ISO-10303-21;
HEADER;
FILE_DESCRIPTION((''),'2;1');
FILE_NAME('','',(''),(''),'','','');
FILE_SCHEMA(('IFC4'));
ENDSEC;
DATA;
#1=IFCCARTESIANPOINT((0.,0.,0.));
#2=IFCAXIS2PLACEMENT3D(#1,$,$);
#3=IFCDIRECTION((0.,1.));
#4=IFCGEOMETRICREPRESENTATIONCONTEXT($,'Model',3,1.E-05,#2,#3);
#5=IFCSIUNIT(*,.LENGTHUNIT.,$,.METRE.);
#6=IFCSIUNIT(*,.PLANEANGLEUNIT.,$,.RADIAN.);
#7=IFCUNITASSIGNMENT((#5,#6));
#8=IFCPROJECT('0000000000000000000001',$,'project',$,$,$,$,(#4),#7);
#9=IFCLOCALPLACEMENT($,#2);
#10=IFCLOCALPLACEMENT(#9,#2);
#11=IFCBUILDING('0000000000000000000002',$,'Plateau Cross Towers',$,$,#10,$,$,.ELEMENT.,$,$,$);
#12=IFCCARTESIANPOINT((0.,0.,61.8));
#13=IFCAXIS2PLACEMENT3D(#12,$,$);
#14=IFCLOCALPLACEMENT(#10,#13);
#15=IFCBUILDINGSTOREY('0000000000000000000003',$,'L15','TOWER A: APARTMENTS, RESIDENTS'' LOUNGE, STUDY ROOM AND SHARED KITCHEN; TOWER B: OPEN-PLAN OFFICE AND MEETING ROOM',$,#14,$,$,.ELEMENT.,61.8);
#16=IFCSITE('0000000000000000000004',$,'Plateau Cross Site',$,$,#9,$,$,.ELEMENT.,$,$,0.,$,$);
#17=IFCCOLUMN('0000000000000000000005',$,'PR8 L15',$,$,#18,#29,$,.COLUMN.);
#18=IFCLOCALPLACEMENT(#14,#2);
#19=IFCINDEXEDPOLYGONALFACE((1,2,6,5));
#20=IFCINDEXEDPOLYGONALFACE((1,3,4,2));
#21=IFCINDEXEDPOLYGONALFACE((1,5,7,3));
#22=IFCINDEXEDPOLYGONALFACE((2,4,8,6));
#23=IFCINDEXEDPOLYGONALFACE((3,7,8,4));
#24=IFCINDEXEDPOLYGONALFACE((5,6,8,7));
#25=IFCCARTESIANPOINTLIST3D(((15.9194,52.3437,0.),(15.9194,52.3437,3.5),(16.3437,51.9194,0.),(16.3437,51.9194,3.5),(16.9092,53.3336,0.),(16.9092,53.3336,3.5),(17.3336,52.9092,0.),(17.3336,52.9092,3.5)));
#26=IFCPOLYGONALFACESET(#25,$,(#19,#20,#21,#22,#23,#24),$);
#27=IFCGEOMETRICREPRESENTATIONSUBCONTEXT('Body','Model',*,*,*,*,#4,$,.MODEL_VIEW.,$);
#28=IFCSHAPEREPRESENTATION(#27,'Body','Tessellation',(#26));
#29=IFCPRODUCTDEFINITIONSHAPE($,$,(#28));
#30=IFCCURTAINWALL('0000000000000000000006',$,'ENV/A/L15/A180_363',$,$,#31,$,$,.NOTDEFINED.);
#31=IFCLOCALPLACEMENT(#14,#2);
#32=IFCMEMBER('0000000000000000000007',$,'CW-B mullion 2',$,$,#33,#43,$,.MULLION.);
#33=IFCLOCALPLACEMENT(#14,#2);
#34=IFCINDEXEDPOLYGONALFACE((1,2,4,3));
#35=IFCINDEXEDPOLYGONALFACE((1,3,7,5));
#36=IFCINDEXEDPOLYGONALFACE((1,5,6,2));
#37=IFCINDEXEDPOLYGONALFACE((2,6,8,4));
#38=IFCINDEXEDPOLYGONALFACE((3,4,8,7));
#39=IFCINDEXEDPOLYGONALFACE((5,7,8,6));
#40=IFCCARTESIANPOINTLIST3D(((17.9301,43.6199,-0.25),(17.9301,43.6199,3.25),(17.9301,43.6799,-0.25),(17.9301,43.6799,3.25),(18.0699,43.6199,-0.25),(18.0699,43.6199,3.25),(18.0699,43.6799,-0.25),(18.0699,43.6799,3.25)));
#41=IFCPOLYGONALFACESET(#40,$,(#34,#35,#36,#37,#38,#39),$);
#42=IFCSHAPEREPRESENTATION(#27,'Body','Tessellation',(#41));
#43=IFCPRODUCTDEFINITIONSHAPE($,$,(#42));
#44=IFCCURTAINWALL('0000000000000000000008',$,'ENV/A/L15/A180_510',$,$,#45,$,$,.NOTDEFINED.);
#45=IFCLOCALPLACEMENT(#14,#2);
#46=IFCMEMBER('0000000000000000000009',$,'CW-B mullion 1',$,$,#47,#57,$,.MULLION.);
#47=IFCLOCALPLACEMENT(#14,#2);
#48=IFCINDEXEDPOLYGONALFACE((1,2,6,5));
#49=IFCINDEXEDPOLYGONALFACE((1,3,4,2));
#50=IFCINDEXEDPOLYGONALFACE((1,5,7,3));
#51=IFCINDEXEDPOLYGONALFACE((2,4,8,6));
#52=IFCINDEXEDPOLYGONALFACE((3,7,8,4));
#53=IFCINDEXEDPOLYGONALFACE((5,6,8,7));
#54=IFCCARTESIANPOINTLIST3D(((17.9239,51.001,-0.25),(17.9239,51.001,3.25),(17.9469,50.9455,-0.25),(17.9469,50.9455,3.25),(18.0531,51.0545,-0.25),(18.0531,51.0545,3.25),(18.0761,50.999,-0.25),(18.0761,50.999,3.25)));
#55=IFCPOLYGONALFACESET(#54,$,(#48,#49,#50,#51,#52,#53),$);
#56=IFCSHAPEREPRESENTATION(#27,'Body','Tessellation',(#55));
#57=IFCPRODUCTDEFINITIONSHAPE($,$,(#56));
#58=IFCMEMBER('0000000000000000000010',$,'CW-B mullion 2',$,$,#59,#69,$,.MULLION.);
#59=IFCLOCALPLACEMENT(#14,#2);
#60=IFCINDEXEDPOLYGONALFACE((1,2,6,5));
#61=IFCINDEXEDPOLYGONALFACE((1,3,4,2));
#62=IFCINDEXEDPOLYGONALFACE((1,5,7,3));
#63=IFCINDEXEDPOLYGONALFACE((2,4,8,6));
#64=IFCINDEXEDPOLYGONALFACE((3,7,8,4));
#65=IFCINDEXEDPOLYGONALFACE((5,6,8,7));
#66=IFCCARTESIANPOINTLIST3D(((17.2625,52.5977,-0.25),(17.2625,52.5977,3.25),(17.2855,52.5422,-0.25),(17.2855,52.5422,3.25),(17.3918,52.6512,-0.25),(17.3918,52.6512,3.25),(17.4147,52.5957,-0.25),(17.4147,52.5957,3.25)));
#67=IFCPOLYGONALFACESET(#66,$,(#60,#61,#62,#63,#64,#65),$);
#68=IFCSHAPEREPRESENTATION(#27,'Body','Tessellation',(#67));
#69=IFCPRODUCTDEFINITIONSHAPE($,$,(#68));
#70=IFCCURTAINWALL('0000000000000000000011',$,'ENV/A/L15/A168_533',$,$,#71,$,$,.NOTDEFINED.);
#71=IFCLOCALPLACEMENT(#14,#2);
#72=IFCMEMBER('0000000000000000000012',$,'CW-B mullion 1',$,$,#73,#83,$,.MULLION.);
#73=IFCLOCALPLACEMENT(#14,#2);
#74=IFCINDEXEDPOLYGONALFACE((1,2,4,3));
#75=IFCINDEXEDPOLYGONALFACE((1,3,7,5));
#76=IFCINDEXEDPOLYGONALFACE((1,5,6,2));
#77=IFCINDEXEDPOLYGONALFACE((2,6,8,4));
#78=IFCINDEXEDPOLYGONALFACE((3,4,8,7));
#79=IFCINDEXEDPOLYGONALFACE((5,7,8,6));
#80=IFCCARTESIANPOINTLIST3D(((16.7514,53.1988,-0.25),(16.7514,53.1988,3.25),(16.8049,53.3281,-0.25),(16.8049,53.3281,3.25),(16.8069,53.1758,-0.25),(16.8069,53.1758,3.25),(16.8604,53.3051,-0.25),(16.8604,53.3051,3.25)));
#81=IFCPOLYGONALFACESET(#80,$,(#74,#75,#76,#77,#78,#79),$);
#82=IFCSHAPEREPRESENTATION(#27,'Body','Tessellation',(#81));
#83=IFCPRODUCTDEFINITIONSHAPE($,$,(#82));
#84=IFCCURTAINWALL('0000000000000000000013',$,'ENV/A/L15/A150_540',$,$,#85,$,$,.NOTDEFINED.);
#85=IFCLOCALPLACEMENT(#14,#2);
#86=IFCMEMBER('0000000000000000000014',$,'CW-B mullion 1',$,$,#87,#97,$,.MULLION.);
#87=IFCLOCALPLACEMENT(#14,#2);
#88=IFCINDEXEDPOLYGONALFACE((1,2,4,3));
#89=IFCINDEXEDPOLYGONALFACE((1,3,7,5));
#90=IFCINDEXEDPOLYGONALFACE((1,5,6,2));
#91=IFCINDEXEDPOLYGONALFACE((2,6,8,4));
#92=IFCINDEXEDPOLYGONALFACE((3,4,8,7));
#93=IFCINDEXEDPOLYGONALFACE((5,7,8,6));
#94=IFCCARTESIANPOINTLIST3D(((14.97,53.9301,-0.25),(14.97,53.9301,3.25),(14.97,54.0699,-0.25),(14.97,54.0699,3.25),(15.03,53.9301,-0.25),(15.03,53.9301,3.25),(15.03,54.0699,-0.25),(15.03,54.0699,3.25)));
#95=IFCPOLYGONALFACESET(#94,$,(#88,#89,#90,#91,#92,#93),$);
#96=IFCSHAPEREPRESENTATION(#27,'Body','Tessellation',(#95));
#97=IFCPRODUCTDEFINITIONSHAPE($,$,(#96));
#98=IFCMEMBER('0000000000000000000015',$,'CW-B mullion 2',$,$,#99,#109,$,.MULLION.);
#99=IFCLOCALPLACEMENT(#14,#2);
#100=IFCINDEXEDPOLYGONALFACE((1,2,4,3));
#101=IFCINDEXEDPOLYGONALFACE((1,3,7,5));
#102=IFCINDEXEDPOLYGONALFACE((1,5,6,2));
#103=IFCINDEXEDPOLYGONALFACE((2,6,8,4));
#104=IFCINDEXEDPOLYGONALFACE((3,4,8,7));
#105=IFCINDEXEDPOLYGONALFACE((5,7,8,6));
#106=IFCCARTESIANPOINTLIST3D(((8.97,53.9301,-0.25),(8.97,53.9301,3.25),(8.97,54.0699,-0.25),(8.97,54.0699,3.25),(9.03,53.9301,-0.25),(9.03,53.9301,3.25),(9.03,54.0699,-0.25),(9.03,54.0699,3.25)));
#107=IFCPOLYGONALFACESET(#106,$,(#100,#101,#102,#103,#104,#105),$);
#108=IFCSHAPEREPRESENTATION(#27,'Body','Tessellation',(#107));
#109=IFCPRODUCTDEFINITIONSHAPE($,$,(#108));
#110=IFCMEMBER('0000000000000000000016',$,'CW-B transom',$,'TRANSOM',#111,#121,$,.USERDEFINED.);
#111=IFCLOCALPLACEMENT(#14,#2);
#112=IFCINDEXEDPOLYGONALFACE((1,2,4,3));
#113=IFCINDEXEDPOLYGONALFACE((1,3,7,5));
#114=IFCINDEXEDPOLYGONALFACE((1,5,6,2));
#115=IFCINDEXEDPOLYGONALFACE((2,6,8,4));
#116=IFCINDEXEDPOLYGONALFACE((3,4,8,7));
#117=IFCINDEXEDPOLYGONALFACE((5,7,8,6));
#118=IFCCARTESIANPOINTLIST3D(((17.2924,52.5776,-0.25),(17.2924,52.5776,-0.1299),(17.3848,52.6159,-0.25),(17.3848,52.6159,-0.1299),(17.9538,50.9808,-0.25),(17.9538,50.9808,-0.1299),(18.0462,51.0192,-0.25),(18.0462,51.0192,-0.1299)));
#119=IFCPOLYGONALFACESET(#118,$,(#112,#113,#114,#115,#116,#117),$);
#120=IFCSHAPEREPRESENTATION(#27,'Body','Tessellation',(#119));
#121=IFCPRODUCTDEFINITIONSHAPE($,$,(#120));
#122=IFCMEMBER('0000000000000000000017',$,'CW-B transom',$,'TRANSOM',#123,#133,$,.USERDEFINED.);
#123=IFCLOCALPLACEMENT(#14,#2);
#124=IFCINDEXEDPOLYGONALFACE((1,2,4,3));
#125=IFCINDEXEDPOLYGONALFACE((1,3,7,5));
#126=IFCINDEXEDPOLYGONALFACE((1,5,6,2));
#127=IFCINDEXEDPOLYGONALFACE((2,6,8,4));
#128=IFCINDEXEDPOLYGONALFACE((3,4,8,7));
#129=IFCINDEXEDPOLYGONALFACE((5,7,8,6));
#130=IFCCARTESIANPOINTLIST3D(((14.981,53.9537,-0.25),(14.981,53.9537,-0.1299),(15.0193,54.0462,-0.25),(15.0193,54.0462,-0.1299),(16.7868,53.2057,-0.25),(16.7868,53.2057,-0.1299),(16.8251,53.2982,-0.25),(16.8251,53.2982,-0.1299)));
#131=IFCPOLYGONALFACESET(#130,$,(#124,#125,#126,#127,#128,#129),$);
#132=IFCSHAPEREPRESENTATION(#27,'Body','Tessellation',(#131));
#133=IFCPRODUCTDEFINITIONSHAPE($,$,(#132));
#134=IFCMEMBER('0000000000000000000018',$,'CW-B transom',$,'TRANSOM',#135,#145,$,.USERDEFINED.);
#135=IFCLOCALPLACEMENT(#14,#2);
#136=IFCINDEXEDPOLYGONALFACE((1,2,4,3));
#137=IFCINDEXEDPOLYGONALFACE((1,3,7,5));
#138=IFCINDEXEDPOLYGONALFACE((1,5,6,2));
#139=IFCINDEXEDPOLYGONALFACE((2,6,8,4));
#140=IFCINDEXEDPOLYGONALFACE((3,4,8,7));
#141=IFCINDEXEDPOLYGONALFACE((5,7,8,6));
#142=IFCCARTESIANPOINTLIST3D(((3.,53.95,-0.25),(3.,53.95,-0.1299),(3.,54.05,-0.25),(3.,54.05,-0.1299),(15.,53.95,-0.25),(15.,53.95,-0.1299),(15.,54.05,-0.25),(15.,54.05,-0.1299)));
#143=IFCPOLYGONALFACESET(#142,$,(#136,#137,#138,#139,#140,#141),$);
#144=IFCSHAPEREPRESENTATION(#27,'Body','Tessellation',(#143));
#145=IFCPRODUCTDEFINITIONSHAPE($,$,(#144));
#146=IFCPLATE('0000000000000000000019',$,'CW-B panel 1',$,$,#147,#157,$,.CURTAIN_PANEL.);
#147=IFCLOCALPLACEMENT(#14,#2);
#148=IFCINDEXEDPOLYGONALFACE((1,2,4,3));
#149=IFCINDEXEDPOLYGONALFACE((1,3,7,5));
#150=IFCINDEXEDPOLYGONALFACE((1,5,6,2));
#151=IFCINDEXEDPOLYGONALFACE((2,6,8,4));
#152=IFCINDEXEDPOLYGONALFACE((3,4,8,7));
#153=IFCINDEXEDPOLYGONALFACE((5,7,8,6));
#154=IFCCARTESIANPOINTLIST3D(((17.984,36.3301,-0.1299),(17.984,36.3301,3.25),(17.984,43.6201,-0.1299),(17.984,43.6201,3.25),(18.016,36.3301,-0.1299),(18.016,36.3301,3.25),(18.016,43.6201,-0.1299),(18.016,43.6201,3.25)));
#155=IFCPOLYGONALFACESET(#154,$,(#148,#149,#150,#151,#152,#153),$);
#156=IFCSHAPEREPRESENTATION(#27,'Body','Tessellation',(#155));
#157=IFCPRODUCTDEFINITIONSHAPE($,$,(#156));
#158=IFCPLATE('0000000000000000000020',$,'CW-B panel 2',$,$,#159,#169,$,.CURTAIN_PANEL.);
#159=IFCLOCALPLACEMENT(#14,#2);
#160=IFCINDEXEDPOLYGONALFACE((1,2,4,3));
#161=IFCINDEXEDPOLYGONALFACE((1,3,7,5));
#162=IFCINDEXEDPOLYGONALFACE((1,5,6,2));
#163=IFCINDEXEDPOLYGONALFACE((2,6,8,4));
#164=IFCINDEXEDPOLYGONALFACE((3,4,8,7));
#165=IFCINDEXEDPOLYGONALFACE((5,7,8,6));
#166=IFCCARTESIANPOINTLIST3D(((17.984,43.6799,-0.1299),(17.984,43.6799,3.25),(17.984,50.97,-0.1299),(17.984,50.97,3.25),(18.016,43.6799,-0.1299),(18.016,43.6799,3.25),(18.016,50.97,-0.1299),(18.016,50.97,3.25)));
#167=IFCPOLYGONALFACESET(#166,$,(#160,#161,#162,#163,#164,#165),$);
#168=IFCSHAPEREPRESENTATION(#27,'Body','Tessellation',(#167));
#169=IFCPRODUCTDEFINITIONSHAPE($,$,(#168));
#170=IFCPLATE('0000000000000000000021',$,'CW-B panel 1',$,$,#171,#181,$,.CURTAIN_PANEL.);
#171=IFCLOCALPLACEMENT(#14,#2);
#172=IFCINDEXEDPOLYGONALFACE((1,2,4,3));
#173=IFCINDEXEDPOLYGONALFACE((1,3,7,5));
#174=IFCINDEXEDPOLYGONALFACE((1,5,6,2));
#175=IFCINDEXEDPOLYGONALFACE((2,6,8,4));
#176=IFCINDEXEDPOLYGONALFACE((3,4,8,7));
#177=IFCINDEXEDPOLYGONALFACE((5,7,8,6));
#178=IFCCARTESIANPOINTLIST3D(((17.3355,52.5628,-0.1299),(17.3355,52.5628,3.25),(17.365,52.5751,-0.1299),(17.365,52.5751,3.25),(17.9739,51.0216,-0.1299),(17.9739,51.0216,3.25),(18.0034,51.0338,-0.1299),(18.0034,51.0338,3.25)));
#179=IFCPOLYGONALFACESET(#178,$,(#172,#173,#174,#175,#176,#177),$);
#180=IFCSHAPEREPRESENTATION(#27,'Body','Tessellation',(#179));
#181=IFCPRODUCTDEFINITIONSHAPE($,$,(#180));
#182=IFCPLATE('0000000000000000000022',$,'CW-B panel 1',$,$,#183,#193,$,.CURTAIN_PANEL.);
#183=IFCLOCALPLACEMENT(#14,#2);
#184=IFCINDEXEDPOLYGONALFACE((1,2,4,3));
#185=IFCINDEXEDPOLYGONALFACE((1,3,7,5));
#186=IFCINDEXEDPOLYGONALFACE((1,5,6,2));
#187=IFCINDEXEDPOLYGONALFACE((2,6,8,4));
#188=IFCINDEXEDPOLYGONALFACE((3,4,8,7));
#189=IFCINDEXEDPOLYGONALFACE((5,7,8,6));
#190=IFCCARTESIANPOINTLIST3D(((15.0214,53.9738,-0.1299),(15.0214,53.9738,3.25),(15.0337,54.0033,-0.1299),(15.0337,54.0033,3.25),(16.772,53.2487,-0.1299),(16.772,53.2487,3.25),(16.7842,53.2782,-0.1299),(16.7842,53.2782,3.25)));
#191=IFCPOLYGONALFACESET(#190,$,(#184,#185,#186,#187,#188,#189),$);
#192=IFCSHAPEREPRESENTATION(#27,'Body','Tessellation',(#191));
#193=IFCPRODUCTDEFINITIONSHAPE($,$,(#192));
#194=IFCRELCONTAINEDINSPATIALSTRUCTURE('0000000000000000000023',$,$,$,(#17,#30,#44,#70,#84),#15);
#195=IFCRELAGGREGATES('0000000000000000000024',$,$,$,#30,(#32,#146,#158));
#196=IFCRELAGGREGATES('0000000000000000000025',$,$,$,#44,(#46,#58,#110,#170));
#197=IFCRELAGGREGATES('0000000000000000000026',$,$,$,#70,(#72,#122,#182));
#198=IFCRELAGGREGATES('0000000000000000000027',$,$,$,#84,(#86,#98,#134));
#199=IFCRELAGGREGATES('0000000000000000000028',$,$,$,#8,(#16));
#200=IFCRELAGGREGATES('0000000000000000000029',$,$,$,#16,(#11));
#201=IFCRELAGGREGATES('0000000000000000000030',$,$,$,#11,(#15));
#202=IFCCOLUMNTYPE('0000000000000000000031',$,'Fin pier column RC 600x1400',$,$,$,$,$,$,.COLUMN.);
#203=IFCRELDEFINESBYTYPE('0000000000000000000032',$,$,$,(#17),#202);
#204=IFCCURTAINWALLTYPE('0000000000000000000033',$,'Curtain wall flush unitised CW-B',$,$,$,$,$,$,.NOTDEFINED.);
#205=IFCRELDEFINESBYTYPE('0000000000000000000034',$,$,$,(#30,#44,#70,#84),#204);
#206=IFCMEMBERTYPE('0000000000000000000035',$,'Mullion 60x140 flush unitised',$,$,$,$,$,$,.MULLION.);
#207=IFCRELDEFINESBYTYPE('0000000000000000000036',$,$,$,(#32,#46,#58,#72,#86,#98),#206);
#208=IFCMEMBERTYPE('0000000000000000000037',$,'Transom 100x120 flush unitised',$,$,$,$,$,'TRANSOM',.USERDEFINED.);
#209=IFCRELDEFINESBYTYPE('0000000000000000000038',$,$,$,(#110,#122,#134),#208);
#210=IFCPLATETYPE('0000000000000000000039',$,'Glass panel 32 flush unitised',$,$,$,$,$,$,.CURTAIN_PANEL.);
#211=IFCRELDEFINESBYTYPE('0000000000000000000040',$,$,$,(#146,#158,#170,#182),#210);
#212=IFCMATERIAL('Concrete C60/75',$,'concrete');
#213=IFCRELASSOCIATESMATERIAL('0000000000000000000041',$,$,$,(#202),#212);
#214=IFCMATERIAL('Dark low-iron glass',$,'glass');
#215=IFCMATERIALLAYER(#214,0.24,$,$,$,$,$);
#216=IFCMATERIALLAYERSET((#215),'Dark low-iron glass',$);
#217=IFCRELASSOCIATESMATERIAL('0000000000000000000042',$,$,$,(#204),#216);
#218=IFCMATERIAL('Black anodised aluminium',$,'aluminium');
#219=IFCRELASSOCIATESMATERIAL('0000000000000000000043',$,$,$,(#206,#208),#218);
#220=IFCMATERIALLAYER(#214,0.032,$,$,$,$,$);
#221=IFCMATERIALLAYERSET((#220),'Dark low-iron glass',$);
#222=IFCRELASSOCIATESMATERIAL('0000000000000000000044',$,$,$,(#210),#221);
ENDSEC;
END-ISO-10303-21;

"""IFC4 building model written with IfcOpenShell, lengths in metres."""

from ifc_helpers import new_model, si_unit, direction, frame, origin, origin_2d, place, context, subcontext, project, spatial, rectangle, extrude, material, layer, layer_set, material_profile, profile_set, type_object, element, aggregate, save


model = new_model("IFC4")

# Units and contexts
model_context = context("Model", 3, precision=1e-05, world=origin(), true_north=direction((0.0, 1.0)))
body_context = subcontext(model_context, "Body", "Model", "MODEL_VIEW")
ifc_project = project(units=[si_unit("LENGTHUNIT", "METRE"), si_unit("PLANEANGLEUNIT", "RADIAN")], contexts=[model_context])

# Site, building, storey
site_placement = place(None, origin())
site = spatial("IfcSite", under=ifc_project, at=site_placement, Name="Plateau Cross Site", CompositionType="ELEMENT", RefElevation=0.0)
building_placement = place(site_placement, origin())
building = spatial("IfcBuilding", under=site, at=building_placement, Name="Plateau Cross Towers", CompositionType="ELEMENT")
storey_placement = place(building_placement, frame((0.0, 0.0, 61.8)))
storey = spatial("IfcBuildingStorey", under=building, at=storey_placement, Name="L15", Description="TOWER A: APARTMENTS, RESIDENTS' LOUNGE, STUDY ROOM AND SHARED KITCHEN; TOWER B: OPEN-PLAN OFFICE AND MEETING ROOM", CompositionType="ELEMENT", Elevation=61.8)

# Column
ifc_material_1 = material(Name="Concrete C60/75", Category="concrete")
ifc_material_profile_1 = material_profile(ifc_material_1, rectangle(XDim=0.6001, YDim=1.3999, at=origin_2d()), Name="RC 600x1400")
ifc_profile_set_1 = profile_set([ifc_material_profile_1], Name="Concrete C60/75")
column_type = type_object("IfcColumnType", Name="Fin pier column RC 600x1400", PredefinedType="COLUMN", material=ifc_profile_set_1)
column_placement = place(storey_placement, frame((16.6265, 52.6265, 0.0), z_axis=(0.0, 0.0, 1.0), x_axis=(-0.707107, 0.707107, 0.0)))
element("IfcColumn", 1, at=column_placement, inside=storey, type_object=column_type, Name="PR8 L15", PredefinedType="COLUMN", context=body_context, shape_type="SweptSolid", body=[
    extrude(rectangle(XDim=0.6001, YDim=1.3999, at=origin_2d()), origin(), (0.0, 0.0, 1.0), 3.5),
])

# Curtain wall, member
ifc_material_2 = material(Name="Dark low-iron glass", Category="glass")
ifc_layer_1 = layer(ifc_material_2, 0.24)
ifc_layer_set_1 = layer_set([ifc_layer_1], Name="Dark low-iron glass")
curtain_wall_type = type_object("IfcCurtainWallType", Name="Curtain wall flush unitised CW-B", PredefinedType="NOTDEFINED", material=ifc_layer_set_1)
curtain_wall_1_placement = place(storey_placement, origin())
curtain_wall_1 = element("IfcCurtainWall", 2, at=curtain_wall_1_placement, inside=storey, type_object=curtain_wall_type, Name="ENV/A/L15/A180_363", PredefinedType="NOTDEFINED")
ifc_material_3 = material(Name="Black anodised aluminium", Category="aluminium")
ifc_material_profile_2 = material_profile(ifc_material_3, rectangle(XDim=0.0601, YDim=0.1399, at=origin_2d()), Name="MULLION 60x140")
ifc_profile_set_2 = profile_set([ifc_material_profile_2], Name="Black anodised aluminium")
member_type_1 = type_object("IfcMemberType", Name="Mullion 60x140 flush unitised", PredefinedType="MULLION", material=ifc_profile_set_2)
member_1_placement = place(storey_placement, frame((18.0, 43.6499, -0.25), z_axis=(0.0, 0.0, 1.0), x_axis=(0.0, 1.0, 0.0)))
member_1 = element("IfcMember", 3, at=member_1_placement, type_object=member_type_1, Name="CW-B mullion 2", PredefinedType="MULLION", context=body_context, shape_type="SweptSolid", body=[
    extrude(rectangle(XDim=0.0601, YDim=0.1399, at=origin_2d()), origin(), (0.0, 0.0, 1.0), 3.5),
])

# Curtain wall, members
curtain_wall_2_placement = place(storey_placement, origin())
curtain_wall_2 = element("IfcCurtainWall", 4, at=curtain_wall_2_placement, inside=storey, type_object=curtain_wall_type, Name="ENV/A/L15/A180_510", PredefinedType="NOTDEFINED")
member_2_placement = place(storey_placement, frame((18.0, 51.0, -0.25), z_axis=(0.0, 0.0, 1.0), x_axis=(-0.382684, 0.923879, 0.0)))
member_2 = element("IfcMember", 5, at=member_2_placement, type_object=member_type_1, Name="CW-B mullion 1", PredefinedType="MULLION", context=body_context, shape_type="SweptSolid", body=[
    extrude(rectangle(XDim=0.0601, YDim=0.1399, at=origin_2d()), origin(), (0.0, 0.0, 1.0), 3.5),
])
member_3_placement = place(storey_placement, frame((17.3386, 52.5967, -0.25), z_axis=(0.0, 0.0, 1.0), x_axis=(-0.382684, 0.923879, 0.0)))
member_3 = element("IfcMember", 6, at=member_3_placement, type_object=member_type_1, Name="CW-B mullion 2", PredefinedType="MULLION", context=body_context, shape_type="SweptSolid", body=[
    extrude(rectangle(XDim=0.0601, YDim=0.1399, at=origin_2d()), origin(), (0.0, 0.0, 1.0), 3.5),
])

# Curtain wall, member
curtain_wall_3_placement = place(storey_placement, origin())
curtain_wall_3 = element("IfcCurtainWall", 7, at=curtain_wall_3_placement, inside=storey, type_object=curtain_wall_type, Name="ENV/A/L15/A168_533", PredefinedType="NOTDEFINED")
member_4_placement = place(storey_placement, frame((16.8059, 53.252, -0.25), z_axis=(0.0, 0.0, 1.0), x_axis=(-0.923879, 0.382684, 0.0)))
member_4 = element("IfcMember", 8, at=member_4_placement, type_object=member_type_1, Name="CW-B mullion 1", PredefinedType="MULLION", context=body_context, shape_type="SweptSolid", body=[
    extrude(rectangle(XDim=0.0601, YDim=0.1399, at=origin_2d()), origin(), (0.0, 0.0, 1.0), 3.5),
])

# Curtain wall, members
curtain_wall_4_placement = place(storey_placement, origin())
curtain_wall_4 = element("IfcCurtainWall", 9, at=curtain_wall_4_placement, inside=storey, type_object=curtain_wall_type, Name="ENV/A/L15/A150_540", PredefinedType="NOTDEFINED")
member_5_placement = place(storey_placement, frame((15.0, 54.0, -0.25), z_axis=(0.0, 0.0, 1.0), x_axis=(-1.0, 0.0, 0.0)))
member_5 = element("IfcMember", 10, at=member_5_placement, type_object=member_type_1, Name="CW-B mullion 1", PredefinedType="MULLION", context=body_context, shape_type="SweptSolid", body=[
    extrude(rectangle(XDim=0.0601, YDim=0.1399, at=origin_2d()), origin(), (0.0, 0.0, 1.0), 3.5),
])
member_6_placement = place(storey_placement, frame((9.0, 54.0, -0.25), z_axis=(0.0, 0.0, 1.0), x_axis=(-1.0, 0.0, 0.0)))
member_6 = element("IfcMember", 11, at=member_6_placement, type_object=member_type_1, Name="CW-B mullion 2", PredefinedType="MULLION", context=body_context, shape_type="SweptSolid", body=[
    extrude(rectangle(XDim=0.0601, YDim=0.1399, at=origin_2d()), origin(), (0.0, 0.0, 1.0), 3.5),
])

# Members
ifc_material_profile_3 = material_profile(ifc_material_3, rectangle(XDim=0.1001, YDim=0.1201, at=origin_2d()), Name="TRANSOM 100x120")
ifc_profile_set_3 = profile_set([ifc_material_profile_3], Name="Black anodised aluminium")
member_type_2 = type_object("IfcMemberType", Name="Transom 100x120 flush unitised", ElementType="TRANSOM", PredefinedType="USERDEFINED", material=ifc_profile_set_3)
member_7_placement = place(storey_placement, frame((18.0, 51.0, -0.1899), z_axis=(-0.382689, 0.923877, 0.0), x_axis=(-0.923877, -0.382689, 0.0)))
member_7 = element("IfcMember", 12, at=member_7_placement, type_object=member_type_2, Name="CW-B transom", ObjectType="TRANSOM", PredefinedType="USERDEFINED", context=body_context, shape_type="SweptSolid", body=[
    extrude(rectangle(XDim=0.1001, YDim=0.1201, at=origin_2d()), origin(), (0.0, 0.0, 1.0), 1.7283),
])
member_8_placement = place(storey_placement, frame((16.8059, 53.252, -0.1899), z_axis=(-0.923877, 0.38269, 0.0), x_axis=(-0.38269, -0.923877, 0.0)))
member_8 = element("IfcMember", 13, at=member_8_placement, type_object=member_type_2, Name="CW-B transom", ObjectType="TRANSOM", PredefinedType="USERDEFINED", context=body_context, shape_type="SweptSolid", body=[
    extrude(rectangle(XDim=0.1001, YDim=0.1201, at=origin_2d()), origin(), (0.0, 0.0, 1.0), 1.9546),
])
member_9_placement = place(storey_placement, frame((15.0, 54.0, -0.1899), z_axis=(-1.0, 0.0, 0.0), x_axis=(0.0, -1.0, 0.0)))
member_9 = element("IfcMember", 14, at=member_9_placement, type_object=member_type_2, Name="CW-B transom", ObjectType="TRANSOM", PredefinedType="USERDEFINED", context=body_context, shape_type="SweptSolid", body=[
    extrude(rectangle(XDim=0.1001, YDim=0.1201, at=origin_2d()), origin(), (0.0, 0.0, 1.0), 12.0),
])

# Plates
ifc_layer_2 = layer(ifc_material_2, 0.032)
ifc_layer_set_2 = layer_set([ifc_layer_2], Name="Dark low-iron glass")
plate_type = type_object("IfcPlateType", Name="Glass panel 32 flush unitised", PredefinedType="CURTAIN_PANEL", material=ifc_layer_set_2)
plate_1_placement = place(storey_placement, frame((18.0, 39.9751, -0.1299), z_axis=(0.0, 0.0, 1.0), x_axis=(0.0, 1.0, 0.0)))
plate_1 = element("IfcPlate", 15, at=plate_1_placement, type_object=plate_type, Name="CW-B panel 1", PredefinedType="CURTAIN_PANEL", context=body_context, shape_type="SweptSolid", body=[
    extrude(rectangle(XDim=7.29, YDim=0.032, at=origin_2d()), origin(), (0.0, 0.0, 1.0), 3.3799),
])
plate_2_placement = place(storey_placement, frame((18.0, 47.325, -0.1299), z_axis=(0.0, 0.0, 1.0), x_axis=(0.0, 1.0, 0.0)))
plate_2 = element("IfcPlate", 16, at=plate_2_placement, type_object=plate_type, Name="CW-B panel 2", PredefinedType="CURTAIN_PANEL", context=body_context, shape_type="SweptSolid", body=[
    extrude(rectangle(XDim=7.29, YDim=0.032, at=origin_2d()), origin(), (0.0, 0.0, 1.0), 3.3799),
])
aggregate(curtain_wall_1, [member_1, plate_1, plate_2])
plate_3_placement = place(storey_placement, frame((17.6694, 51.7983, -0.1299), z_axis=(0.0, 0.0, 1.0), x_axis=(-0.382684, 0.923879, 0.0)))
plate_3 = element("IfcPlate", 17, at=plate_3_placement, type_object=plate_type, Name="CW-B panel 1", PredefinedType="CURTAIN_PANEL", context=body_context, shape_type="SweptSolid", body=[
    extrude(rectangle(XDim=1.6682, YDim=0.032, at=origin_2d()), origin(), (0.0, 0.0, 1.0), 3.3799),
])
aggregate(curtain_wall_2, [member_2, member_3, member_7, plate_3])
plate_4_placement = place(storey_placement, frame((15.9028, 53.626, -0.1299), z_axis=(0.0, 0.0, 1.0), x_axis=(-0.923879, 0.382684, 0.0)))
plate_4 = element("IfcPlate", 18, at=plate_4_placement, type_object=plate_type, Name="CW-B panel 1", PredefinedType="CURTAIN_PANEL", context=body_context, shape_type="SweptSolid", body=[
    extrude(rectangle(XDim=1.8948, YDim=0.032, at=origin_2d()), origin(), (0.0, 0.0, 1.0), 3.3799),
])
aggregate(curtain_wall_3, [member_4, member_8, plate_4])
aggregate(curtain_wall_4, [member_5, member_6, member_9])

save(model, "model.ifc")
